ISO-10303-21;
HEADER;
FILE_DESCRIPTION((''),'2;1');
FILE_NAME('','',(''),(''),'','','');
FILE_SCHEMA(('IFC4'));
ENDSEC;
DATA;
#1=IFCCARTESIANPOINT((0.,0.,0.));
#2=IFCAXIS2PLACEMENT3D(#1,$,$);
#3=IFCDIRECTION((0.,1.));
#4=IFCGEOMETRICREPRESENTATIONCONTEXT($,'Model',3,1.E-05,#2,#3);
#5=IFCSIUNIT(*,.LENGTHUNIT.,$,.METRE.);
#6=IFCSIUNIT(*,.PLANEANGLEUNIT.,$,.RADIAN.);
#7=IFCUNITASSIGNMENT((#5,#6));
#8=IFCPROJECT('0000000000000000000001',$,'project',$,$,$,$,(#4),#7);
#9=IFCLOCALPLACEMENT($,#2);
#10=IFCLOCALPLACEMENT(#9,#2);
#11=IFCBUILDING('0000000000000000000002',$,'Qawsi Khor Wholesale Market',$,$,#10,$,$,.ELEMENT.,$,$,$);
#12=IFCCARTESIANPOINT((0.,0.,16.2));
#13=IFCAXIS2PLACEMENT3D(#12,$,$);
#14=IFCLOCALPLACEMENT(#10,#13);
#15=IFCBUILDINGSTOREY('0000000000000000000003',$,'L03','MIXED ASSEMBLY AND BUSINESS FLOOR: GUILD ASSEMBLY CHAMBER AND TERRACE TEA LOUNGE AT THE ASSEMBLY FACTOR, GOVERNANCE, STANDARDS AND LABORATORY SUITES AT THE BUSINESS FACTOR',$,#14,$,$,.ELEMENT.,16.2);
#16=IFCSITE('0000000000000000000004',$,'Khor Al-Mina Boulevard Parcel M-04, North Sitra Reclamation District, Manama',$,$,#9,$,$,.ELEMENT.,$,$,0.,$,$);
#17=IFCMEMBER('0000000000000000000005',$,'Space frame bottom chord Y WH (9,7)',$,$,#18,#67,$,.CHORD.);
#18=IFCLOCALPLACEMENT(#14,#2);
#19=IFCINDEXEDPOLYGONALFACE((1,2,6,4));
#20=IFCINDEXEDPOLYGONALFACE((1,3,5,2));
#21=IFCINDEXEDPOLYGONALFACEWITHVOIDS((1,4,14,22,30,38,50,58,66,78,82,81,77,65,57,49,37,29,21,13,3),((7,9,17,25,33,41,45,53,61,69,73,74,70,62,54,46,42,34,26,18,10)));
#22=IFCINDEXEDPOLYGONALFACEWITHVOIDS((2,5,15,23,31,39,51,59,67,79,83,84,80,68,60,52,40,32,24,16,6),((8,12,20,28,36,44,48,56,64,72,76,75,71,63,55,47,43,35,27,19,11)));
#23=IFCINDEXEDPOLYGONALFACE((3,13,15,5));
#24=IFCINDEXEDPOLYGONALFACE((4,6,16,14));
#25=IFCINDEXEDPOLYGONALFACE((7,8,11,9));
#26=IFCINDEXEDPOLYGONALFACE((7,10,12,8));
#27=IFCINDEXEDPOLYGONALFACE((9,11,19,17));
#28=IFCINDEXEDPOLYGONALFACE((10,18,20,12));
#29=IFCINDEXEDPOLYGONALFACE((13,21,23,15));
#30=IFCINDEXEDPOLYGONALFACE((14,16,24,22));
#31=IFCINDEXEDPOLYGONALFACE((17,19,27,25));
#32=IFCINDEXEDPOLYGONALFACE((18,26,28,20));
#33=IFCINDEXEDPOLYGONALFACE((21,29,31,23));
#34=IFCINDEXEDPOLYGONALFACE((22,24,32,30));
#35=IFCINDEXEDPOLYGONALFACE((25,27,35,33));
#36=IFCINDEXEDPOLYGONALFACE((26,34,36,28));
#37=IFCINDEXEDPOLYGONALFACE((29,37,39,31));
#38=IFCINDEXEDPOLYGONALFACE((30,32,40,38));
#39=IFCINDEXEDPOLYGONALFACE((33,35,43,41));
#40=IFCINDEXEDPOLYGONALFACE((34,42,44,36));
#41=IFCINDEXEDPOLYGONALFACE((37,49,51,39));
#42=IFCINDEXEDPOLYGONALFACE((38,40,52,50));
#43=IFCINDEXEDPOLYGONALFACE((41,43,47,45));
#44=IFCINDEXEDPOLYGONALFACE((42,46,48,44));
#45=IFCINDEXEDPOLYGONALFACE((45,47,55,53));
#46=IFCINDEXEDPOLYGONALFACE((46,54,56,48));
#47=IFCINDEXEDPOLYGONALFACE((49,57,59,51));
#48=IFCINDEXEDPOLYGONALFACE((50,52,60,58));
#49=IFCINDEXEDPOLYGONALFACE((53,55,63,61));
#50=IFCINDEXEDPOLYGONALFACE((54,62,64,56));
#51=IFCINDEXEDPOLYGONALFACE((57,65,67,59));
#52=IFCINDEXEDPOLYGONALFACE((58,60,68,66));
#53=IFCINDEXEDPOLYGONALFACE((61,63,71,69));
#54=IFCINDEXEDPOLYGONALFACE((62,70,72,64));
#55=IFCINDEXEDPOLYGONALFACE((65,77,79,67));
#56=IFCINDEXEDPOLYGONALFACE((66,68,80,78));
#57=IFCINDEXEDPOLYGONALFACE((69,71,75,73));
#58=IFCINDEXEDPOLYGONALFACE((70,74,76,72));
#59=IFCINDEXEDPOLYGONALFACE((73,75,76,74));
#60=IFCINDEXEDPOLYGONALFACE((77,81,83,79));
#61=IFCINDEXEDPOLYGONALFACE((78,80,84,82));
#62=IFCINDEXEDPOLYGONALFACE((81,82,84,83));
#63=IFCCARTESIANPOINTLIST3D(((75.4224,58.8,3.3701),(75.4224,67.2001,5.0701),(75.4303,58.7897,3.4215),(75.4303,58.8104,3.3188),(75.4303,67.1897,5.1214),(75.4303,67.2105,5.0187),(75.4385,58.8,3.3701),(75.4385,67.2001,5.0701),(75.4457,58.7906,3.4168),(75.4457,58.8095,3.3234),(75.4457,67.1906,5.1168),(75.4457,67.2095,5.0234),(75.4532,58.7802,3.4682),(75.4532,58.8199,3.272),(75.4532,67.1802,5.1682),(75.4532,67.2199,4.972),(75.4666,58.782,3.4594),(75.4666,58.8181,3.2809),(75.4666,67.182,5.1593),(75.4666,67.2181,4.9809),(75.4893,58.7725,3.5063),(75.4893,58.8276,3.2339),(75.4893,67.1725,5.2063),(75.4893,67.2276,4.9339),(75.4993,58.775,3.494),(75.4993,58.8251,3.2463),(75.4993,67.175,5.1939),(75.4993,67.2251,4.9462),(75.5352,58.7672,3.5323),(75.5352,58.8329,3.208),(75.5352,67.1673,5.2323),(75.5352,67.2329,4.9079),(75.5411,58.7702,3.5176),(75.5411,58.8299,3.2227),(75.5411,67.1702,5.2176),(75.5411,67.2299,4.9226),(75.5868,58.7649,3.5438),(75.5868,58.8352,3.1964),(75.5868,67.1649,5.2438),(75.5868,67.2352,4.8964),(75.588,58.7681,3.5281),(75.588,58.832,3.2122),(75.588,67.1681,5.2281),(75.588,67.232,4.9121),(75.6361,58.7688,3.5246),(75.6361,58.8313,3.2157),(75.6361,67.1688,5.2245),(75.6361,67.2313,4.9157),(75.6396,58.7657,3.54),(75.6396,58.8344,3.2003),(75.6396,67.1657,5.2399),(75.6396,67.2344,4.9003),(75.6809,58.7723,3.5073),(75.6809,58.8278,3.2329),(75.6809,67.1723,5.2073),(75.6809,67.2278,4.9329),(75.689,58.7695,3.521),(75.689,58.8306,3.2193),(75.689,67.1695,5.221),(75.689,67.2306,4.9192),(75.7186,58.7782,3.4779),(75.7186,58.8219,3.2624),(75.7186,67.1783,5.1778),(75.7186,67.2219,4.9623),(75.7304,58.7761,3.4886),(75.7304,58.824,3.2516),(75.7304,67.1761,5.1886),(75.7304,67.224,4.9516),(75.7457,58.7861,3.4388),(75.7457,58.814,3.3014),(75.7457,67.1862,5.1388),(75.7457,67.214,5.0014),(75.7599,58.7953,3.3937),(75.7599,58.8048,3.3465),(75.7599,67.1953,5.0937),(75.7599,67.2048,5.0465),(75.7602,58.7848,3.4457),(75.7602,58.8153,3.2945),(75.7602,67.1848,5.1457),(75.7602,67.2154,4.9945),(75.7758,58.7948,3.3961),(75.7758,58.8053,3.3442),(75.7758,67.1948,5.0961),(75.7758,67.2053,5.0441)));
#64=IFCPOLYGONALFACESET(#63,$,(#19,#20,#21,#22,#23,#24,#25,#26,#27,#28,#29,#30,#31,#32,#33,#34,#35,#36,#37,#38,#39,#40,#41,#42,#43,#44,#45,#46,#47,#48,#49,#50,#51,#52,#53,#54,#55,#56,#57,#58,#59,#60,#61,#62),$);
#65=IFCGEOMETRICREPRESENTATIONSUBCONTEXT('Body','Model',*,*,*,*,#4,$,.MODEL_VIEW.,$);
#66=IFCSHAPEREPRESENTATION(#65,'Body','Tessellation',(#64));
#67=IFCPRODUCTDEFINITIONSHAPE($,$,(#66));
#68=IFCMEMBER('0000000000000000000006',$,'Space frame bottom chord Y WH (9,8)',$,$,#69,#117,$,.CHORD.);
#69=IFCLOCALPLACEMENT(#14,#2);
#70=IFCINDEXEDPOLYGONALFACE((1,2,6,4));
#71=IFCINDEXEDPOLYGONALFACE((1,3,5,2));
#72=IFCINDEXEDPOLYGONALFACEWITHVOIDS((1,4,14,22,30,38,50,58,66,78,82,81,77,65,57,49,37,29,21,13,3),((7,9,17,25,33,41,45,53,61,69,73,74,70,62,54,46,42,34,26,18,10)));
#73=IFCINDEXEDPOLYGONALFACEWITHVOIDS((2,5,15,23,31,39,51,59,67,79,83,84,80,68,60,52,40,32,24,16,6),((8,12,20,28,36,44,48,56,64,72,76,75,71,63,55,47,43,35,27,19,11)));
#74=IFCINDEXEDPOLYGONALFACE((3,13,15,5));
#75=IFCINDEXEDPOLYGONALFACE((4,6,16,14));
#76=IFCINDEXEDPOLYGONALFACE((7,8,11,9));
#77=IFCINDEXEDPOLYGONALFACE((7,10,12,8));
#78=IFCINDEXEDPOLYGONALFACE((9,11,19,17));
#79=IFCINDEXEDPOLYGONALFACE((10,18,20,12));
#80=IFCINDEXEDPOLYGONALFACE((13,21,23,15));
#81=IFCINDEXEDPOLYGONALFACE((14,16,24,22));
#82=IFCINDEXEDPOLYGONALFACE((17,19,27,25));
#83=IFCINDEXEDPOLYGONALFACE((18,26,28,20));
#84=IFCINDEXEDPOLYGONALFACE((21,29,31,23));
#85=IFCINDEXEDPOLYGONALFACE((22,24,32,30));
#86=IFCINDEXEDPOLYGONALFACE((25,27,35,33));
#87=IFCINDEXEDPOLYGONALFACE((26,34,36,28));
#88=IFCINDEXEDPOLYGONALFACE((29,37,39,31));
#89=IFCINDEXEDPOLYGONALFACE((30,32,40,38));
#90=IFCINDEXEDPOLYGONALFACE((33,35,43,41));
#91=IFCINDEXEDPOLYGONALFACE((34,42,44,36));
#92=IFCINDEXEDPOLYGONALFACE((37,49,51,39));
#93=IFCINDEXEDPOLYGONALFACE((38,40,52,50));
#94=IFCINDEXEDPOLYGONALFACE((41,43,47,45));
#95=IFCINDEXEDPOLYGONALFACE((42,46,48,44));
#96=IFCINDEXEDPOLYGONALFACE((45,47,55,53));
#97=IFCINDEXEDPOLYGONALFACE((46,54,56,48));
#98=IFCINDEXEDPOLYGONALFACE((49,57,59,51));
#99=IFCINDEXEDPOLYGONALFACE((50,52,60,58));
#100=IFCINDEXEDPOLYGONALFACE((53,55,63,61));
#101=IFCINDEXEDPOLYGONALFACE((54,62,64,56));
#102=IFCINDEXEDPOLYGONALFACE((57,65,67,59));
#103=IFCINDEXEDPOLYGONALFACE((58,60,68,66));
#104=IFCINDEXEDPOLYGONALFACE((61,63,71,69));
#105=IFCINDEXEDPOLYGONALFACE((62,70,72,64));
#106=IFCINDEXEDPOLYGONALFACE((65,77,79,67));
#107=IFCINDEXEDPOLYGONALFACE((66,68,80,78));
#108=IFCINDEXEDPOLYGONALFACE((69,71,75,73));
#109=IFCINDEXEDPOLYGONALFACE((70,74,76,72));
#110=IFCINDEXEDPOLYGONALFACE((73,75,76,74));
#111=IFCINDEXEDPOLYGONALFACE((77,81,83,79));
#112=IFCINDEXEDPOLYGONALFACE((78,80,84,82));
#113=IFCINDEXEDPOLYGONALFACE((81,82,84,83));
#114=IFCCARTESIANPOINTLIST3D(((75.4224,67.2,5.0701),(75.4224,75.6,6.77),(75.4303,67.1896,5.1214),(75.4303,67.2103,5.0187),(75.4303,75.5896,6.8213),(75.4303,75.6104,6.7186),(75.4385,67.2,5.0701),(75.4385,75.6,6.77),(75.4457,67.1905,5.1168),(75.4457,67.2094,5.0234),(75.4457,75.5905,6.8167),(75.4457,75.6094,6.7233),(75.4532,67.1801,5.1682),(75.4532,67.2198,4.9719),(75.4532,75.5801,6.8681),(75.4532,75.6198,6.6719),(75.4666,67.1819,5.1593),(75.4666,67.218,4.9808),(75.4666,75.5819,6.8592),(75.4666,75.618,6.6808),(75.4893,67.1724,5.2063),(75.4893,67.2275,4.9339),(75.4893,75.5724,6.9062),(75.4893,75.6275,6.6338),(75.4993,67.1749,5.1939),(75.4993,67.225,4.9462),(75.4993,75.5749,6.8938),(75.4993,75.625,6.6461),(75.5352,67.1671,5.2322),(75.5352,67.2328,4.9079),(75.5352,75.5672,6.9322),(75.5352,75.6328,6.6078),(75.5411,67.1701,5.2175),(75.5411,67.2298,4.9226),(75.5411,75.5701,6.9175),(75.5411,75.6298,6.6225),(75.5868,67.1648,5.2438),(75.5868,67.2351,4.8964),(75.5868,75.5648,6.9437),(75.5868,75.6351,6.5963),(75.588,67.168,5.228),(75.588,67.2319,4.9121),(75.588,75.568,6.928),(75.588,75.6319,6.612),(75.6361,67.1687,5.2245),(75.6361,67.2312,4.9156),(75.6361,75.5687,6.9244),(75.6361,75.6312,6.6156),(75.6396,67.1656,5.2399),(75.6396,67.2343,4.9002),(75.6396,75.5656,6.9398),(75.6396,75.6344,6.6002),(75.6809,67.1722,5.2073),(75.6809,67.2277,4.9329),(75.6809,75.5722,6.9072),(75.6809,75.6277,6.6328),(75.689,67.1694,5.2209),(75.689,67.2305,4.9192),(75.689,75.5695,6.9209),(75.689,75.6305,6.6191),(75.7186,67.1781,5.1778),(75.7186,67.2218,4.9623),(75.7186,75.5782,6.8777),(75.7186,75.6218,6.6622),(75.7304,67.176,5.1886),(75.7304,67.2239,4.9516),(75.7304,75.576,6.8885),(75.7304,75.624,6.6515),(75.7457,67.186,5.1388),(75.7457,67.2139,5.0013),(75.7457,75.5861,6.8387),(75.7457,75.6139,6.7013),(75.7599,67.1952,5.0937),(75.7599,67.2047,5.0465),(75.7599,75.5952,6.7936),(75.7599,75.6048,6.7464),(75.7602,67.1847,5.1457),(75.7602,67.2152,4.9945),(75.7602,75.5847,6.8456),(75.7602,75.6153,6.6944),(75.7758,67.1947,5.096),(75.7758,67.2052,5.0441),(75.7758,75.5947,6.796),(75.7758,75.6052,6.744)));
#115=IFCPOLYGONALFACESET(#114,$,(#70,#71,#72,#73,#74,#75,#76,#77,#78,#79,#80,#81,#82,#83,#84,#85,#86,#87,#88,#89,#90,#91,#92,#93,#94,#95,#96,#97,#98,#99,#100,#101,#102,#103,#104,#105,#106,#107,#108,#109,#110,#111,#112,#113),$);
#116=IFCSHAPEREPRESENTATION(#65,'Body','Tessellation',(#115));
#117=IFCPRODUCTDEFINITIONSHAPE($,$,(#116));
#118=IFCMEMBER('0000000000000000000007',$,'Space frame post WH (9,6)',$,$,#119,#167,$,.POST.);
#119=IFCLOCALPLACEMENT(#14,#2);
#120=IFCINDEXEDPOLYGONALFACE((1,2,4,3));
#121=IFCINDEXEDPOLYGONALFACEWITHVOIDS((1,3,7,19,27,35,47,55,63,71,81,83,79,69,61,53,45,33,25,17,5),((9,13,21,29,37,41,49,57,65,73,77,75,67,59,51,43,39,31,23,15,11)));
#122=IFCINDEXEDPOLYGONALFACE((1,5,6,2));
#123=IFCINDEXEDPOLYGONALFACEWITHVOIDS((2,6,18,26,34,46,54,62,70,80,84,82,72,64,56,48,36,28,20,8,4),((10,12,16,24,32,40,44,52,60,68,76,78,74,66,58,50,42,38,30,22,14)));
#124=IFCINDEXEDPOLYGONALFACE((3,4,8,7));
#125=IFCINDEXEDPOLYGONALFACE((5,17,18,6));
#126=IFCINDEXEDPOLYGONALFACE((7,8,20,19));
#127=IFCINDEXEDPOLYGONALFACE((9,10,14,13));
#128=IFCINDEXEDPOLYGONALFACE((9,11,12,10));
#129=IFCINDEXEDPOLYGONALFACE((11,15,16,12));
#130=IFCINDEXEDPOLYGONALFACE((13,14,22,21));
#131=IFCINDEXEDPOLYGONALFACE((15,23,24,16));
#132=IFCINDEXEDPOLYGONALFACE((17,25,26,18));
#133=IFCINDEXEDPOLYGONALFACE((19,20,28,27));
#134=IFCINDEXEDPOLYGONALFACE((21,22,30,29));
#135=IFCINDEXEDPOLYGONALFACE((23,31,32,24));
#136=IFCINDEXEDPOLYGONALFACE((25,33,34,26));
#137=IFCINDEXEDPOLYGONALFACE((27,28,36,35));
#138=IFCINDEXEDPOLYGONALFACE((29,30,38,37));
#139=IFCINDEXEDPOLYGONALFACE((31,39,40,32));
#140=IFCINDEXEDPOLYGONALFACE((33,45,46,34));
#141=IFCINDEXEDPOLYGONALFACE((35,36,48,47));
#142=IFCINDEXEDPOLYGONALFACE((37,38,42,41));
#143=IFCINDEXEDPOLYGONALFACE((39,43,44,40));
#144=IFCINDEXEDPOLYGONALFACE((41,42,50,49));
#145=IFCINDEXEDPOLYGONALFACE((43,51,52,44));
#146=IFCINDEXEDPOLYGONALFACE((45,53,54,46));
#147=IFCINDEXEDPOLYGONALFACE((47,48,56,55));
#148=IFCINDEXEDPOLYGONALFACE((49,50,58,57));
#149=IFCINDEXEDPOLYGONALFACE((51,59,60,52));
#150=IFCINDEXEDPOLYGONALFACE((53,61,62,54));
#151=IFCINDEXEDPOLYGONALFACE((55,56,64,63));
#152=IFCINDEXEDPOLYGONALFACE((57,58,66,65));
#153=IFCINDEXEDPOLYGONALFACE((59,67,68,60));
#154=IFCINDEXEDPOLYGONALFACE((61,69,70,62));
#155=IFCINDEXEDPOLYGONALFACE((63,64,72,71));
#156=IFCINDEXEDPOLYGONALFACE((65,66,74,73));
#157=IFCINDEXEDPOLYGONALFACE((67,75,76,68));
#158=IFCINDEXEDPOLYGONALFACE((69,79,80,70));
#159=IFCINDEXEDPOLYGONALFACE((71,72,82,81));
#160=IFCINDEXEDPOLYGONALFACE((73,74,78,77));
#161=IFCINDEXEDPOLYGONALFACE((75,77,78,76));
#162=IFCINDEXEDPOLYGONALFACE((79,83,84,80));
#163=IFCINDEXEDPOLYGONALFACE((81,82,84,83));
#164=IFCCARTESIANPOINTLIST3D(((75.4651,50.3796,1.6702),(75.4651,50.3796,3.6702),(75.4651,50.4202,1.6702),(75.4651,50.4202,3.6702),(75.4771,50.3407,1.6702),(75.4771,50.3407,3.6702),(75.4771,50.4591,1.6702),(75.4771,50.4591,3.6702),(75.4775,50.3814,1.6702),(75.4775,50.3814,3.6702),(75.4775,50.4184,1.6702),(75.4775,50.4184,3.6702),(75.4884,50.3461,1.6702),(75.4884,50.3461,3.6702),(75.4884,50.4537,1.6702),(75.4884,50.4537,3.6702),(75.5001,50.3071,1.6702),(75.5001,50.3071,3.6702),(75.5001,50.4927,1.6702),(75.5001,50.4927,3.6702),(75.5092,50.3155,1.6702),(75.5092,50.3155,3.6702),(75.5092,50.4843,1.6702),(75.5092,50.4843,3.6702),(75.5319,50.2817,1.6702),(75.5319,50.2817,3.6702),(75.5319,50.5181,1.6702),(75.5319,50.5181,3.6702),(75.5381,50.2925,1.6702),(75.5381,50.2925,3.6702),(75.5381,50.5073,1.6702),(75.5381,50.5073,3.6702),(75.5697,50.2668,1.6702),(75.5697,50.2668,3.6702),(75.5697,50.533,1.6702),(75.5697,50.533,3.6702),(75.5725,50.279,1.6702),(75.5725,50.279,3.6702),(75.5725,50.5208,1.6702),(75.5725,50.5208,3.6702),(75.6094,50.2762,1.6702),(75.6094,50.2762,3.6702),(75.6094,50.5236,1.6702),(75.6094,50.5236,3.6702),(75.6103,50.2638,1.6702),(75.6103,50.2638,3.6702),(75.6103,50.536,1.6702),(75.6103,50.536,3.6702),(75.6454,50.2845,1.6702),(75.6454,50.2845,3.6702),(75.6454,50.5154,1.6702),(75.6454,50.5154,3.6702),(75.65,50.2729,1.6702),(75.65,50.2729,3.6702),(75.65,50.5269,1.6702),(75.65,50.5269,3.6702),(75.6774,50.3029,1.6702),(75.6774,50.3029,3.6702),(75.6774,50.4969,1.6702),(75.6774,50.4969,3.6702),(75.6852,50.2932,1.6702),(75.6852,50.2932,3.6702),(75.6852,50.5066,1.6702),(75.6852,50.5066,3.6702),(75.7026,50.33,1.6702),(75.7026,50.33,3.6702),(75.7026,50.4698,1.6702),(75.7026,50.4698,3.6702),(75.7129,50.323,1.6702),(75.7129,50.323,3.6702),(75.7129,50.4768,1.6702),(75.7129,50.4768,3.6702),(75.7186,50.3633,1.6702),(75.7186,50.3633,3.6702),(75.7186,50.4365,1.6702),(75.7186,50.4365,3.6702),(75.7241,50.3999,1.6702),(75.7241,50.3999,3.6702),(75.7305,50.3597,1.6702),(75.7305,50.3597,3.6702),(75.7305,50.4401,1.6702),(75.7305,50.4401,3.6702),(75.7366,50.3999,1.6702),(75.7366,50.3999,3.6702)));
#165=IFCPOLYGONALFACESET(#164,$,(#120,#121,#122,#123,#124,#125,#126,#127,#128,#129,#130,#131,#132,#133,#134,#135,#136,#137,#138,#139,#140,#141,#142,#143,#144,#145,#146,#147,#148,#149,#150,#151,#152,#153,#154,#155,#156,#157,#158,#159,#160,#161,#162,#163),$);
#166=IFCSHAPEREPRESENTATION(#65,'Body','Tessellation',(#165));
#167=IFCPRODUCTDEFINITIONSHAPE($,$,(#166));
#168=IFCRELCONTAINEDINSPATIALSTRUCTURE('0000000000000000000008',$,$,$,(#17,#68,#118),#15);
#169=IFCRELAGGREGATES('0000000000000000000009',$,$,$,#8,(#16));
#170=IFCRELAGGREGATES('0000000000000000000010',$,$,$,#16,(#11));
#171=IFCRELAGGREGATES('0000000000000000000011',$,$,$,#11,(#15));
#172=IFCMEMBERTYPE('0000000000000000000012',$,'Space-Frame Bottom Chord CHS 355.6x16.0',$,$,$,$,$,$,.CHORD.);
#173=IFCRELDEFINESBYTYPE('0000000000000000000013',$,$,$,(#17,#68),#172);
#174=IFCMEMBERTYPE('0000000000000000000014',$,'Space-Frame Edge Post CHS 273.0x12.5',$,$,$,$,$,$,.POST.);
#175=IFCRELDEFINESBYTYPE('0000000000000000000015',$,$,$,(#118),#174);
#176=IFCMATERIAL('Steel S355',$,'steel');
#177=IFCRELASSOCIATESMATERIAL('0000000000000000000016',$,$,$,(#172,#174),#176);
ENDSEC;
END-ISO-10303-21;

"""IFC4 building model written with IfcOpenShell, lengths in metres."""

from ifc_helpers import new_model, si_unit, direction, frame, origin, origin_2d, place, context, subcontext, project, spatial, hollow_circle, extrude, material, material_profile, profile_set, type_object, element, save


model = new_model("IFC4")

# Units and contexts
model_context = context("Model", 3, precision=1e-05, world=origin(), true_north=direction((0.0, 1.0)))
body_context = subcontext(model_context, "Body", "Model", "MODEL_VIEW")
ifc_project = project(units=[si_unit("LENGTHUNIT", "METRE"), si_unit("PLANEANGLEUNIT", "RADIAN")], contexts=[model_context])

# Site, building, storey
site_placement = place(None, origin())
site = spatial("IfcSite", under=ifc_project, at=site_placement, Name="Khor Al-Mina Boulevard Parcel M-04, North Sitra Reclamation District, Manama", CompositionType="ELEMENT", RefElevation=0.0)
building_placement = place(site_placement, origin())
building = spatial("IfcBuilding", under=site, at=building_placement, Name="Qawsi Khor Wholesale Market", CompositionType="ELEMENT")
storey_placement = place(building_placement, frame((0.0, 0.0, 16.2)))
storey = spatial("IfcBuildingStorey", under=building, at=storey_placement, Name="L03", Description="MIXED ASSEMBLY AND BUSINESS FLOOR: GUILD ASSEMBLY CHAMBER AND TERRACE TEA LOUNGE AT THE ASSEMBLY FACTOR, GOVERNANCE, STANDARDS AND LABORATORY SUITES AT THE BUSINESS FACTOR", CompositionType="ELEMENT", Elevation=16.2)

# Shared definitions
ifc_material_1 = material(Name="Steel S355", Category="steel")

# Members
ifc_material_profile_1 = material_profile(ifc_material_1, hollow_circle(Radius=0.1777, WallThickness=0.0161, at=origin_2d()), Name="CHS 355.6x16.0")
ifc_profile_set_1 = profile_set([ifc_material_profile_1], Name="Steel S355")
member_type_1 = type_object("IfcMemberType", Name="Space-Frame Bottom Chord CHS 355.6x16.0", PredefinedType="CHORD", material=ifc_profile_set_1)
for number, where, z_axis, x_axis, name in (
    (1, (75.6001, 58.8, 3.3701), (0.0, 0.98013, 0.198356), (-1.0, 0.0, 0.0), "Space frame bottom chord Y WH (9,7)"),
    (2, (75.6001, 67.2, 5.0701), (0.0, 0.980131, 0.198351), (-1.0, 0.0, 0.0), "Space frame bottom chord Y WH (9,8)"),
):
    element("IfcMember", number, at=place(storey_placement, frame(where, z_axis=z_axis, x_axis=x_axis)), inside=storey, type_object=member_type_1, Name=name, PredefinedType="CHORD", context=body_context, shape_type="SweptSolid", body=[
        extrude(hollow_circle(Radius=0.1777, WallThickness=0.0161, at=origin_2d()), origin(), (0.0, 0.0, 1.0), 8.5703),
    ])
ifc_material_profile_2 = material_profile(ifc_material_1, hollow_circle(Radius=0.1365, WallThickness=0.0125, at=origin_2d()), Name="CHS 273.0x12.5")
ifc_profile_set_2 = profile_set([ifc_material_profile_2], Name="Steel S355")
member_type_2 = type_object("IfcMemberType", Name="Space-Frame Edge Post CHS 273.0x12.5", PredefinedType="POST", material=ifc_profile_set_2)
for number, where, z_axis, x_axis, name in (
    (3, (75.6001, 50.3999, 1.6702), (0.0, 0.0, 1.0), (1.0, 0.0, 0.0), "Space frame post WH (9,6)"),
):
    element("IfcMember", number, at=place(storey_placement, frame(where, z_axis=z_axis, x_axis=x_axis)), inside=storey, type_object=member_type_2, Name=name, PredefinedType="POST", context=body_context, shape_type="SweptSolid", body=[
        extrude(hollow_circle(Radius=0.1365, WallThickness=0.0125, at=origin_2d()), origin(), (0.0, 0.0, 1.0), 2.0),
    ])

save(model, "model.ifc")
